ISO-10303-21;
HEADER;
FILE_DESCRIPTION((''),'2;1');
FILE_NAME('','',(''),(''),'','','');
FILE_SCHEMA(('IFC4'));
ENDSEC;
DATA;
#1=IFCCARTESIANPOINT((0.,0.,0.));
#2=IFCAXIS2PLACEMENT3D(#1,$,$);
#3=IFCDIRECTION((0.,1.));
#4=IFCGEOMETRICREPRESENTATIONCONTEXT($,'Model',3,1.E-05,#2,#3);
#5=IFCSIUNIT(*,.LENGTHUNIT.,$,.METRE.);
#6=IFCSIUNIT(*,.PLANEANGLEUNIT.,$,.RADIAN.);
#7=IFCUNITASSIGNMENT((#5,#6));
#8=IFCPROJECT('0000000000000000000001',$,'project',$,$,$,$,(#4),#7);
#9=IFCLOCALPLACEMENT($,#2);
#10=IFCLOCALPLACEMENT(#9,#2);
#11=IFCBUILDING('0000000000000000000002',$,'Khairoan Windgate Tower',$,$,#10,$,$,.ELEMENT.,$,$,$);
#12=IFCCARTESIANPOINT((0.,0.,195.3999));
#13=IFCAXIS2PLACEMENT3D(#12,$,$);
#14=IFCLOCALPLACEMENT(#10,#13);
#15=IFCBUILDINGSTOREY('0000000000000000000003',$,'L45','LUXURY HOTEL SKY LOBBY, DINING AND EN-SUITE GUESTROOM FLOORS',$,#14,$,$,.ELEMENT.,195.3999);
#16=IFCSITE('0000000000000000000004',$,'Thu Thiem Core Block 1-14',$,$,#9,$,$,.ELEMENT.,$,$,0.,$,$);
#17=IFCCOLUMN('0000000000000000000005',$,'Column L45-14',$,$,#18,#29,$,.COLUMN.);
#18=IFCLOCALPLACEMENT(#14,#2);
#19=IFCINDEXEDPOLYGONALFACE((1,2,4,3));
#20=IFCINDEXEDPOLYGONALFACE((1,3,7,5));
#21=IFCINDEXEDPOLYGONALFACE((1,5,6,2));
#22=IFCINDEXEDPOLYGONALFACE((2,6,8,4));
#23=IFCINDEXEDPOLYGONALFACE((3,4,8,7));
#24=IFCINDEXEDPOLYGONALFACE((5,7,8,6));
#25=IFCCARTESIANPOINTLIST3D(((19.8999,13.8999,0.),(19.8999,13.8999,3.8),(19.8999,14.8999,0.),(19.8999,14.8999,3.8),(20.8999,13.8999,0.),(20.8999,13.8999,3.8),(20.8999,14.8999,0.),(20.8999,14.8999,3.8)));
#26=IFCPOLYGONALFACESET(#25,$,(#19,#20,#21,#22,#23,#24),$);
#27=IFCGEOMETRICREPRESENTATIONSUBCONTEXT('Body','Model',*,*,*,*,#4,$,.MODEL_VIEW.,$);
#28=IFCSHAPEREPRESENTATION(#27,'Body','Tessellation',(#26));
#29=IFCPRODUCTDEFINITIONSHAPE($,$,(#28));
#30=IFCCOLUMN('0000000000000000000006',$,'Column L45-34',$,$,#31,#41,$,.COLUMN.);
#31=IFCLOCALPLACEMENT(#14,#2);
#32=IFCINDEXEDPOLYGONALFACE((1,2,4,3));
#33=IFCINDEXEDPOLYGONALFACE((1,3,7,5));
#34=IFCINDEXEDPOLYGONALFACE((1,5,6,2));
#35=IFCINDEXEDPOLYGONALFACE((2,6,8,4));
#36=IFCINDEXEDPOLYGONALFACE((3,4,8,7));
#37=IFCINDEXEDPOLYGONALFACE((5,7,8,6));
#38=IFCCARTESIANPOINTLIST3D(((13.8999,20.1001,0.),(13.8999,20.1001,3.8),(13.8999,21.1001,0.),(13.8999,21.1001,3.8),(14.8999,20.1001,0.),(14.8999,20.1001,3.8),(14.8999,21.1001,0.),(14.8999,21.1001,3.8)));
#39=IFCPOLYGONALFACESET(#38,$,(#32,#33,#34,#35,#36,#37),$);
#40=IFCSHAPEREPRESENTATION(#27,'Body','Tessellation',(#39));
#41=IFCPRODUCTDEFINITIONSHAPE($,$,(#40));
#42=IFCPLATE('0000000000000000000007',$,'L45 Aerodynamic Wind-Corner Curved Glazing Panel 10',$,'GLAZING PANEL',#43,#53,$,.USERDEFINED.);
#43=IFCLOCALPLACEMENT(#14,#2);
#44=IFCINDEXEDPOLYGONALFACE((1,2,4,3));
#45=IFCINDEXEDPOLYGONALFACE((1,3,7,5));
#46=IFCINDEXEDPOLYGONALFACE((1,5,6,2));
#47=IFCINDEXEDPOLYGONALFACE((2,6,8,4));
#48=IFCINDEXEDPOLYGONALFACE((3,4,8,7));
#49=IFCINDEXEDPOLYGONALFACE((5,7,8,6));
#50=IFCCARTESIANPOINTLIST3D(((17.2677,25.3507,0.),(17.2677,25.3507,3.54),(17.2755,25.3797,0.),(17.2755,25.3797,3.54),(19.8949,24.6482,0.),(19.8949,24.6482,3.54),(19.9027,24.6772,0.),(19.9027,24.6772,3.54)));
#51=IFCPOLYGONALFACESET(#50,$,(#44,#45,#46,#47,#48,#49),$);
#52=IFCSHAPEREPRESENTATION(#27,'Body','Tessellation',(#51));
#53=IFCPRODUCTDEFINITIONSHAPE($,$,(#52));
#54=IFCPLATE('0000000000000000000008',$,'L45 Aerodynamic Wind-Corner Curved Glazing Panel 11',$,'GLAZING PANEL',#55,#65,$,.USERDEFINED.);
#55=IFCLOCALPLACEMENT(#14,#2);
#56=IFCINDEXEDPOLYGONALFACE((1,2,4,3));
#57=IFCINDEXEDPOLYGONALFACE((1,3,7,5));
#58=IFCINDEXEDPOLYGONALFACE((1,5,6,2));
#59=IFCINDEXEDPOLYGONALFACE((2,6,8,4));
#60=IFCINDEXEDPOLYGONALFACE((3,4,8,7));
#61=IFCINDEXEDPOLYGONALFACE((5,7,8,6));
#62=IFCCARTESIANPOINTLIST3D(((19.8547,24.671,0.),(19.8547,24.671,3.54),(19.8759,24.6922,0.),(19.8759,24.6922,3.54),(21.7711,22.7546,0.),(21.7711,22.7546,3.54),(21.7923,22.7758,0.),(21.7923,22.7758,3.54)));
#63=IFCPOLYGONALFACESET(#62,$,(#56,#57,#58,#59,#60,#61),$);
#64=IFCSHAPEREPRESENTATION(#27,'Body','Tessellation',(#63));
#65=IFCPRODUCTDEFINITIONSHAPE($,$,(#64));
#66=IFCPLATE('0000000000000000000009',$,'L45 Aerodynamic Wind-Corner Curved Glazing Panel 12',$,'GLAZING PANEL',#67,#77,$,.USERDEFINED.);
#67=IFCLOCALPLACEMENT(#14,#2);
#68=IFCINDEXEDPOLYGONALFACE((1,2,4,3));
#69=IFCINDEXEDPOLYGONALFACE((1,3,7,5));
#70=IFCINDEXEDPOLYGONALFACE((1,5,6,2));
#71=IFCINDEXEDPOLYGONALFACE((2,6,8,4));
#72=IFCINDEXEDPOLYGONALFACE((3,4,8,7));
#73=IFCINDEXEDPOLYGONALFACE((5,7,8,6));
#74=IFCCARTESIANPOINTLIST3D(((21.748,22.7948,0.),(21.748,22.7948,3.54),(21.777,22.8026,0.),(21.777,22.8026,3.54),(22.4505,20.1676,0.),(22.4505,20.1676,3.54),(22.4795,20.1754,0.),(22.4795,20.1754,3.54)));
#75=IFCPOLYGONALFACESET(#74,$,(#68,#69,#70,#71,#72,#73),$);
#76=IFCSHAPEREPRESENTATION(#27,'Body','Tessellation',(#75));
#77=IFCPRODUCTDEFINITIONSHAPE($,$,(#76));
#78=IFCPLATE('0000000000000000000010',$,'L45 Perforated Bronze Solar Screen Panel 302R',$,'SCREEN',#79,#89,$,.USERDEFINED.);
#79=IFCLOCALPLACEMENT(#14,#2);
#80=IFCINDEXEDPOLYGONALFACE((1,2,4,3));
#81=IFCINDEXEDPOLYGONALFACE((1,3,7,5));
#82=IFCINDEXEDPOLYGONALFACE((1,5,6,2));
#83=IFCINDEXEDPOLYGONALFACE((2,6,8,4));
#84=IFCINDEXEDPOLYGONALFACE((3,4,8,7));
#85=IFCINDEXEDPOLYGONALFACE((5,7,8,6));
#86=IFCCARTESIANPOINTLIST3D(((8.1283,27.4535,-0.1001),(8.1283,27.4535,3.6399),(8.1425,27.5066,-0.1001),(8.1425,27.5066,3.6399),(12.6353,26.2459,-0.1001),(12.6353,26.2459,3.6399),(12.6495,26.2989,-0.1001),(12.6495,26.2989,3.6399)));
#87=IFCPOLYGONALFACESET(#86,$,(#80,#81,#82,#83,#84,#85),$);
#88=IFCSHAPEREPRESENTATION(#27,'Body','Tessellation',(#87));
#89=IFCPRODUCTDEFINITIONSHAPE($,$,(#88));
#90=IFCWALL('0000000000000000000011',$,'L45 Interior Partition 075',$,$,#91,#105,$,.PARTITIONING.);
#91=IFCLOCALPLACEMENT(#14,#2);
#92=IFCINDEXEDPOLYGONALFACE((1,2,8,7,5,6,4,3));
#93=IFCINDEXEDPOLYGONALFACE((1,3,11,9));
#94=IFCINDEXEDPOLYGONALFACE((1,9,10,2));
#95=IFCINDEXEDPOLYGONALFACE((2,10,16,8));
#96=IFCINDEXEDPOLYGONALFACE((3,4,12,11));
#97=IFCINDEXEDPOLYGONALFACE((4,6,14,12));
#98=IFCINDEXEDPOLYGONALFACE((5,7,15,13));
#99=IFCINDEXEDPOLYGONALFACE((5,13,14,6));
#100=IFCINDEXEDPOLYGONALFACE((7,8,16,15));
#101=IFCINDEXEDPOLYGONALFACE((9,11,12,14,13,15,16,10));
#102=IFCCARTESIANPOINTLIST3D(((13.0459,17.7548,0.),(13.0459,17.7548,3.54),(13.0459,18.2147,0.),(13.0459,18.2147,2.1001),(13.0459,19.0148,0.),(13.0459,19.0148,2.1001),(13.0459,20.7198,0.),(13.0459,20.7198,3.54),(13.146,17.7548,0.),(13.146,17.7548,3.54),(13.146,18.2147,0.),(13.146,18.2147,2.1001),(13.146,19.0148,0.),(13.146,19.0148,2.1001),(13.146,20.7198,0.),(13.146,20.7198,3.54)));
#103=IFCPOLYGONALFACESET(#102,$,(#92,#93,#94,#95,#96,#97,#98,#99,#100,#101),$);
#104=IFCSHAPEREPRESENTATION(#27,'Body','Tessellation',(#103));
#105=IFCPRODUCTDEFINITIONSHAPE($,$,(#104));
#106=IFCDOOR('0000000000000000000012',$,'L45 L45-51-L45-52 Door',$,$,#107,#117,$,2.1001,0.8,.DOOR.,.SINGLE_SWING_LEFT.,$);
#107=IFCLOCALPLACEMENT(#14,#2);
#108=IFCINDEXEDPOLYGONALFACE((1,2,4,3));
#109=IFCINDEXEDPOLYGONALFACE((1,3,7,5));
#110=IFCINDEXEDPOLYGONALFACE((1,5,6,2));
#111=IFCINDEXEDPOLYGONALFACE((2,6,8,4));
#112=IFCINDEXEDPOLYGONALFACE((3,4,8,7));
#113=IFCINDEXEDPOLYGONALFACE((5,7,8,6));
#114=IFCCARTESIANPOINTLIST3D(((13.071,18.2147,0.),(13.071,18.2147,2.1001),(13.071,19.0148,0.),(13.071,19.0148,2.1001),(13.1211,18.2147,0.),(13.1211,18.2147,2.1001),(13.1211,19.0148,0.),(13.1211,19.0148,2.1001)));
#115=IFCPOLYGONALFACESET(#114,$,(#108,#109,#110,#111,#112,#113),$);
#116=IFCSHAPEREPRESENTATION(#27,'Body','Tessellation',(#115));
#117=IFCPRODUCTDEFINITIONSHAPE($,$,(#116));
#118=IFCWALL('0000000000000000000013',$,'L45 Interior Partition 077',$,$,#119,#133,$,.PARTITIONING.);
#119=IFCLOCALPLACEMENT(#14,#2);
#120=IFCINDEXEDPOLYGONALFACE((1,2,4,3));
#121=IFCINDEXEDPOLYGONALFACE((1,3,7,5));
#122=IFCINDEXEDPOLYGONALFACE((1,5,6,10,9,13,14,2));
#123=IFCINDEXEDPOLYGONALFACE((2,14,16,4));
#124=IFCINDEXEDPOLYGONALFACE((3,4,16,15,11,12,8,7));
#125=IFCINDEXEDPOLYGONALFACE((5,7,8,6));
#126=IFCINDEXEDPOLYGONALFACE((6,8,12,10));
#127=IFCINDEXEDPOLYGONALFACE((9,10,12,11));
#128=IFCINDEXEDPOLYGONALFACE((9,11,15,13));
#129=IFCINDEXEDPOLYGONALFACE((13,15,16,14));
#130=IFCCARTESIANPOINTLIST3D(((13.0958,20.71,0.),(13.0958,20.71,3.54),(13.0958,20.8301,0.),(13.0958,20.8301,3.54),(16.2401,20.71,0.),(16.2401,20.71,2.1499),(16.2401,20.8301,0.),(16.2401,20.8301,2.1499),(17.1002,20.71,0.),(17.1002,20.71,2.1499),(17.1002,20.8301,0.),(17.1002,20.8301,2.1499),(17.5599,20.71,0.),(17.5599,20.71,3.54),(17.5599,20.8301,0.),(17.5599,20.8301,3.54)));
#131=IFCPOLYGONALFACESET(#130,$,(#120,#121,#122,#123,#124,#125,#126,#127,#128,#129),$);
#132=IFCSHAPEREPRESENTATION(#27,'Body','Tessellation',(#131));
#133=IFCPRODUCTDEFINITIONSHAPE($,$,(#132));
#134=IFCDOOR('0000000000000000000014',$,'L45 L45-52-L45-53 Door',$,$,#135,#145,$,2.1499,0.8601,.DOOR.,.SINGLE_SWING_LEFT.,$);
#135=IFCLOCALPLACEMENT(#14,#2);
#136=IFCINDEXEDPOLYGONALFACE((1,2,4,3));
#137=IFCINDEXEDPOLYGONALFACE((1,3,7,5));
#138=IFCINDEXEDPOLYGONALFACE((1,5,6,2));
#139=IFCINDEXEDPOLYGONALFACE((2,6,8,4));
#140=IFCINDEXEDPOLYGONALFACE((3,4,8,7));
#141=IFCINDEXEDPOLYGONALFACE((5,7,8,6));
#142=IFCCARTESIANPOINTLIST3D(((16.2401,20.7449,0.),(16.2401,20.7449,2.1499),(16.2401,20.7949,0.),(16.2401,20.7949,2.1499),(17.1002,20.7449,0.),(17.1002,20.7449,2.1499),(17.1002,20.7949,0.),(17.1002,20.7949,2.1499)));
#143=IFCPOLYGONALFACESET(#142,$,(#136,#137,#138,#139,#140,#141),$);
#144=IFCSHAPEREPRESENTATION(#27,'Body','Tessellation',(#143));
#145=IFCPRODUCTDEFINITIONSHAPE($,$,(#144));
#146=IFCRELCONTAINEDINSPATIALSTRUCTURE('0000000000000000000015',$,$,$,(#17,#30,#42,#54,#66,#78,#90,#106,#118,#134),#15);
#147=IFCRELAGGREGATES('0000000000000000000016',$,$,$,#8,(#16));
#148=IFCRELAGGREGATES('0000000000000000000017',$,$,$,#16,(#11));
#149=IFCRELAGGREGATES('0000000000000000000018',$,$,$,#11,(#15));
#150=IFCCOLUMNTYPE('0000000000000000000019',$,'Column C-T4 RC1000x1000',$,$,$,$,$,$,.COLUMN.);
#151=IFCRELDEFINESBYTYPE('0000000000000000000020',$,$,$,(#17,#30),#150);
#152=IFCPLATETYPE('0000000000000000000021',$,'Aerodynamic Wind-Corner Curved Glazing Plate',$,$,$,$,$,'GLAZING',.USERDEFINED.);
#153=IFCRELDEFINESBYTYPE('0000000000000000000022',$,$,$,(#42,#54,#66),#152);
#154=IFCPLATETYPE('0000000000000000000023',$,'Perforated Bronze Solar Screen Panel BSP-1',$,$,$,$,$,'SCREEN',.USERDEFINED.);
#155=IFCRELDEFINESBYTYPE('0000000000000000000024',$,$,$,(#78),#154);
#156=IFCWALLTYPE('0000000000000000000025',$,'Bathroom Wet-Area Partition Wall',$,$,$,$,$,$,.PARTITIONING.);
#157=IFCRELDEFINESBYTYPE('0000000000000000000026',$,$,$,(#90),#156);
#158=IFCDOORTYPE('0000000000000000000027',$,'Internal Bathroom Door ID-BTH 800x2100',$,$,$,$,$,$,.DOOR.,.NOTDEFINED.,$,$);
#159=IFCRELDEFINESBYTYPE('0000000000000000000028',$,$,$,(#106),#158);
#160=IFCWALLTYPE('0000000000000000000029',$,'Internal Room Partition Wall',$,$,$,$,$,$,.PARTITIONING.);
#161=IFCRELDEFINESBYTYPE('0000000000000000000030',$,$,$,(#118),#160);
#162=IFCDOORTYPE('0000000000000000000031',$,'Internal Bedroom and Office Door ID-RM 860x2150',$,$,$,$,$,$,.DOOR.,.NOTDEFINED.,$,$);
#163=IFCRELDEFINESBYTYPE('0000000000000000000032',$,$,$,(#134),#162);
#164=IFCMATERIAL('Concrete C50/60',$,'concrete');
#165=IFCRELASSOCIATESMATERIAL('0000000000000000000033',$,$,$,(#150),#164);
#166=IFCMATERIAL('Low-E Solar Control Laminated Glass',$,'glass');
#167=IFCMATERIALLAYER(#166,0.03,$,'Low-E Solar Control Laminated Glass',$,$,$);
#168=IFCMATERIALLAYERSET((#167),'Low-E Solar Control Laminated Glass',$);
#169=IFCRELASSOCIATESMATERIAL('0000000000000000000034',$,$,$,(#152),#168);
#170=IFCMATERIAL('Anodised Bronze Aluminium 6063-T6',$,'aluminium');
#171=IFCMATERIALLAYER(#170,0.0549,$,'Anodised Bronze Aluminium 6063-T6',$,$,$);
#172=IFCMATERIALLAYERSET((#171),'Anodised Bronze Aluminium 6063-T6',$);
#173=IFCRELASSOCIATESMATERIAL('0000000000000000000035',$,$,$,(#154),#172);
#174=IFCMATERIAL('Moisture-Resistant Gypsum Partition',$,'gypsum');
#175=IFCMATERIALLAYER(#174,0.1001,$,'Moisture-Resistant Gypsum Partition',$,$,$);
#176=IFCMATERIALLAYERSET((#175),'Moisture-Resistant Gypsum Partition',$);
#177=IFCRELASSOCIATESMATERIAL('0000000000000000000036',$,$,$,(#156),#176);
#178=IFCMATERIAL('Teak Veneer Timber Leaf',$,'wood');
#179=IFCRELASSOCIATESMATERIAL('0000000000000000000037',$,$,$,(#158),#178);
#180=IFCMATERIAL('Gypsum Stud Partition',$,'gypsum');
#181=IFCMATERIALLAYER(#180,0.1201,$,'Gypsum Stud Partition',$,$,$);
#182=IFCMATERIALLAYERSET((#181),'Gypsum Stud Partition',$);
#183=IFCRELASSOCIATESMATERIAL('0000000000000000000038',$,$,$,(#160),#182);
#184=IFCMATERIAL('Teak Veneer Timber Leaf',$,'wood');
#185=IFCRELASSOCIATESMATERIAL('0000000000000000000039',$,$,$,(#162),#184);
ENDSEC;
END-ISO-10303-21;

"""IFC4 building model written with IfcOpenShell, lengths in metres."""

from ifc_helpers import new_model, si_unit, direction, frame, frame_2d, origin, origin_2d, place, context, subcontext, project, spatial, rectangle, extrude, material, layer, layer_set, material_profile, profile_set, type_object, element, fill, save


model = new_model("IFC4")

# Units and contexts
model_context = context("Model", 3, precision=1e-05, world=origin(), true_north=direction((0.0, 1.0)))
body_context = subcontext(model_context, "Body", "Model", "MODEL_VIEW")
ifc_project = project(units=[si_unit("LENGTHUNIT", "METRE"), si_unit("PLANEANGLEUNIT", "RADIAN")], contexts=[model_context])

# Site, building, storey
site_placement = place(None, origin())
site = spatial("IfcSite", under=ifc_project, at=site_placement, Name="Thu Thiem Core Block 1-14", CompositionType="ELEMENT", RefElevation=0.0)
building_placement = place(site_placement, origin())
building = spatial("IfcBuilding", under=site, at=building_placement, Name="Khairoan Windgate Tower", CompositionType="ELEMENT")
storey_placement = place(building_placement, frame((0.0, 0.0, 195.3999)))
storey = spatial("IfcBuildingStorey", under=building, at=storey_placement, Name="L45", Description="LUXURY HOTEL SKY LOBBY, DINING AND EN-SUITE GUESTROOM FLOORS", CompositionType="ELEMENT", Elevation=195.3999)

# Columns
ifc_material_1 = material(Name="Concrete C50/60", Category="concrete")
ifc_material_profile_1 = material_profile(ifc_material_1, rectangle(XDim=1.0, YDim=1.0, at=origin_2d()))
ifc_profile_set_1 = profile_set([ifc_material_profile_1], Name="Concrete C50/60")
column_type = type_object("IfcColumnType", Name="Column C-T4 RC1000x1000", PredefinedType="COLUMN", material=ifc_profile_set_1)
for number, where, z_axis, x_axis, name in (
    (1, (20.3999, 14.3999, 0.0), (0.0, 0.0, 1.0), (1.0, 0.0, 0.0), "Column L45-14"),
    (2, (14.3999, 20.6001, 0.0), (0.0, 0.0, 1.0), (1.0, 0.0, 0.0), "Column L45-34"),
):
    element("IfcColumn", number, at=place(storey_placement, frame(where, z_axis=z_axis, x_axis=x_axis)), inside=storey, type_object=column_type, Name=name, PredefinedType="COLUMN", context=body_context, shape_type="SweptSolid", body=[
        extrude(rectangle(XDim=1.0, YDim=1.0, at=origin_2d()), origin(), (0.0, 0.0, 1.0), 3.8),
    ])

# Plates
ifc_material_2 = material(Name="Low-E Solar Control Laminated Glass", Category="glass")
ifc_layer_1 = layer(ifc_material_2, 0.03, Name="Low-E Solar Control Laminated Glass")
ifc_layer_set_1 = layer_set([ifc_layer_1], Name="Low-E Solar Control Laminated Glass")
plate_type_1 = type_object("IfcPlateType", Name="Aerodynamic Wind-Corner Curved Glazing Plate", ElementType="GLAZING", PredefinedType="USERDEFINED", material=ifc_layer_set_1)
plate_1_placement = place(storey_placement, frame((18.5852, 25.0139, 0.0), z_axis=(0.0, 0.0, 1.0), x_axis=(0.966061, -0.258313, 0.0)))
element("IfcPlate", 3, at=plate_1_placement, inside=storey, type_object=plate_type_1, Name="L45 Aerodynamic Wind-Corner Curved Glazing Panel 10", ObjectType="GLAZING PANEL", PredefinedType="USERDEFINED", context=body_context, shape_type="SweptSolid", body=[
    extrude(rectangle(XDim=2.7195, YDim=0.03, at=origin_2d()), origin(), (0.0, 0.0, 1.0), 3.54),
])
plate_2_placement = place(storey_placement, frame((20.8235, 23.7234, 0.0), z_axis=(0.0, 0.0, 1.0), x_axis=(0.707107, -0.707107, 0.0)))
element("IfcPlate", 4, at=plate_2_placement, inside=storey, type_object=plate_type_1, Name="L45 Aerodynamic Wind-Corner Curved Glazing Panel 11", ObjectType="GLAZING PANEL", PredefinedType="USERDEFINED", context=body_context, shape_type="SweptSolid", body=[
    extrude(rectangle(XDim=2.7102, YDim=0.03, at=origin_2d()), origin(), (0.0, 0.0, 1.0), 3.54),
])
plate_3_placement = place(storey_placement, frame((22.1138, 21.4851, 0.0), z_axis=(0.0, 0.0, 1.0), x_axis=(0.258313, -0.966061, 0.0)))
element("IfcPlate", 5, at=plate_3_placement, inside=storey, type_object=plate_type_1, Name="L45 Aerodynamic Wind-Corner Curved Glazing Panel 12", ObjectType="GLAZING PANEL", PredefinedType="USERDEFINED", context=body_context, shape_type="SweptSolid", body=[
    extrude(rectangle(XDim=2.7195, YDim=0.03, at=origin_2d()), origin(), (0.0, 0.0, 1.0), 3.54),
])

# Plate
ifc_material_3 = material(Name="Anodised Bronze Aluminium 6063-T6", Category="aluminium")
ifc_layer_2 = layer(ifc_material_3, 0.0549, Name="Anodised Bronze Aluminium 6063-T6")
ifc_layer_set_2 = layer_set([ifc_layer_2], Name="Anodised Bronze Aluminium 6063-T6")
plate_type_2 = type_object("IfcPlateType", Name="Perforated Bronze Solar Screen Panel BSP-1", ElementType="SCREEN", PredefinedType="USERDEFINED", material=ifc_layer_set_2)
plate_4_placement = place(storey_placement, frame((10.3889, 26.8762, -0.1001), z_axis=(0.0, 0.0, 1.0), x_axis=(0.965926, -0.258819, 0.0)))
element("IfcPlate", 6, at=plate_4_placement, inside=storey, type_object=plate_type_2, Name="L45 Perforated Bronze Solar Screen Panel 302R", ObjectType="SCREEN", PredefinedType="USERDEFINED", context=body_context, shape_type="SweptSolid", body=[
    extrude(rectangle(XDim=4.666, YDim=0.0549, at=origin_2d()), origin(), (0.0, 0.0, 1.0), 3.74),
])

# Walls, openings, doors
ifc_material_4 = material(Name="Moisture-Resistant Gypsum Partition", Category="gypsum")
ifc_layer_3 = layer(ifc_material_4, 0.1001, Name="Moisture-Resistant Gypsum Partition")
ifc_layer_set_3 = layer_set([ifc_layer_3], Name="Moisture-Resistant Gypsum Partition")
wall_type_1 = type_object("IfcWallType", Name="Bathroom Wet-Area Partition Wall", PredefinedType="PARTITIONING", material=ifc_layer_set_3)
wall_1_placement = place(storey_placement, frame((13.0959, 17.7549, 0.0), z_axis=(0.0, 0.0, 1.0), x_axis=(0.0, 1.0, 0.0)))
wall_1 = element("IfcWall", 7, at=wall_1_placement, inside=storey, type_object=wall_type_1, Name="L45 Interior Partition 075", PredefinedType="PARTITIONING", context=body_context, shape_type="SweptSolid", body=[
    extrude(rectangle(XDim=2.9651, YDim=0.1001, at=frame_2d((1.4824, 0.0))), origin(), (0.0, 0.0, 1.0), 3.54),
])
opening_1_placement = place(wall_1_placement, frame((0.46, 0.0, 0.0)))
opening_1 = element("IfcOpeningElement", 8, at=opening_1_placement, cuts=wall_1, PredefinedType="OPENING", context=body_context, shape_type="SweptSolid", body=[
    extrude(rectangle(XDim=0.8, YDim=2.1001, at=frame_2d((0.3999, 1.05))), frame((0.0, 0.0601, 0.0), z_axis=(0.0, -1.0, 0.0), x_axis=(1.0, 0.0, 0.0)), (0.0, 0.0, 1.0), 0.1201),
])
ifc_material_5 = material(Name="Teak Veneer Timber Leaf", Category="wood")
door_type_1 = type_object("IfcDoorType", Name="Internal Bathroom Door ID-BTH 800x2100", OperationType="NOTDEFINED", PredefinedType="DOOR", material=ifc_material_5)
door_1_placement = place(opening_1_placement, origin())
door_1 = element("IfcDoor", 9, at=door_1_placement, inside=storey, type_object=door_type_1, Name="L45 L45-51-L45-52 Door", OperationType="SINGLE_SWING_LEFT", OverallHeight=2.1001, OverallWidth=0.8, PredefinedType="DOOR", context=body_context, shape_type="SweptSolid", body=[
    extrude(rectangle(XDim=0.8, YDim=2.1001, at=frame_2d((0.3999, 1.05))), frame((0.0, 0.0249, 0.0), z_axis=(0.0, -1.0, 0.0), x_axis=(1.0, 0.0, 0.0)), (0.0, 0.0, 1.0), 0.05),
])
fill(opening_1, door_1)
ifc_material_6 = material(Name="Gypsum Stud Partition", Category="gypsum")
ifc_layer_4 = layer(ifc_material_6, 0.1201, Name="Gypsum Stud Partition")
ifc_layer_set_4 = layer_set([ifc_layer_4], Name="Gypsum Stud Partition")
wall_type_2 = type_object("IfcWallType", Name="Internal Room Partition Wall", PredefinedType="PARTITIONING", material=ifc_layer_set_4)
wall_2_placement = place(storey_placement, frame((13.0959, 20.77, 0.0), z_axis=(0.0, 0.0, 1.0), x_axis=(1.0, 0.0, 0.0)))
wall_2 = element("IfcWall", 10, at=wall_2_placement, inside=storey, type_object=wall_type_2, Name="L45 Interior Partition 077", PredefinedType="PARTITIONING", context=body_context, shape_type="SweptSolid", body=[
    extrude(rectangle(XDim=4.4641, YDim=0.1201, at=frame_2d((2.2319, 0.0))), origin(), (0.0, 0.0, 1.0), 3.54),
])
opening_2_placement = place(wall_2_placement, frame((3.144, 0.0, 0.0)))
opening_2 = element("IfcOpeningElement", 11, at=opening_2_placement, cuts=wall_2, PredefinedType="OPENING", context=body_context, shape_type="SweptSolid", body=[
    extrude(rectangle(XDim=0.8601, YDim=2.1499, at=frame_2d((0.4302, 1.075))), frame((0.0, 0.0701, 0.0), z_axis=(0.0, -1.0, 0.0), x_axis=(1.0, 0.0, 0.0)), (0.0, 0.0, 1.0), 0.1401),
])
ifc_material_7 = material(Name="Teak Veneer Timber Leaf", Category="wood")
door_type_2 = type_object("IfcDoorType", Name="Internal Bedroom and Office Door ID-RM 860x2150", OperationType="NOTDEFINED", PredefinedType="DOOR", material=ifc_material_7)
door_2_placement = place(opening_2_placement, origin())
door_2 = element("IfcDoor", 12, at=door_2_placement, inside=storey, type_object=door_type_2, Name="L45 L45-52-L45-53 Door", OperationType="SINGLE_SWING_LEFT", OverallHeight=2.1499, OverallWidth=0.8601, PredefinedType="DOOR", context=body_context, shape_type="SweptSolid", body=[
    extrude(rectangle(XDim=0.8601, YDim=2.1499, at=frame_2d((0.4302, 1.075))), frame((0.0, 0.0249, 0.0), z_axis=(0.0, -1.0, 0.0), x_axis=(1.0, 0.0, 0.0)), (0.0, 0.0, 1.0), 0.05),
])
fill(opening_2, door_2)

save(model, "model.ifc")
